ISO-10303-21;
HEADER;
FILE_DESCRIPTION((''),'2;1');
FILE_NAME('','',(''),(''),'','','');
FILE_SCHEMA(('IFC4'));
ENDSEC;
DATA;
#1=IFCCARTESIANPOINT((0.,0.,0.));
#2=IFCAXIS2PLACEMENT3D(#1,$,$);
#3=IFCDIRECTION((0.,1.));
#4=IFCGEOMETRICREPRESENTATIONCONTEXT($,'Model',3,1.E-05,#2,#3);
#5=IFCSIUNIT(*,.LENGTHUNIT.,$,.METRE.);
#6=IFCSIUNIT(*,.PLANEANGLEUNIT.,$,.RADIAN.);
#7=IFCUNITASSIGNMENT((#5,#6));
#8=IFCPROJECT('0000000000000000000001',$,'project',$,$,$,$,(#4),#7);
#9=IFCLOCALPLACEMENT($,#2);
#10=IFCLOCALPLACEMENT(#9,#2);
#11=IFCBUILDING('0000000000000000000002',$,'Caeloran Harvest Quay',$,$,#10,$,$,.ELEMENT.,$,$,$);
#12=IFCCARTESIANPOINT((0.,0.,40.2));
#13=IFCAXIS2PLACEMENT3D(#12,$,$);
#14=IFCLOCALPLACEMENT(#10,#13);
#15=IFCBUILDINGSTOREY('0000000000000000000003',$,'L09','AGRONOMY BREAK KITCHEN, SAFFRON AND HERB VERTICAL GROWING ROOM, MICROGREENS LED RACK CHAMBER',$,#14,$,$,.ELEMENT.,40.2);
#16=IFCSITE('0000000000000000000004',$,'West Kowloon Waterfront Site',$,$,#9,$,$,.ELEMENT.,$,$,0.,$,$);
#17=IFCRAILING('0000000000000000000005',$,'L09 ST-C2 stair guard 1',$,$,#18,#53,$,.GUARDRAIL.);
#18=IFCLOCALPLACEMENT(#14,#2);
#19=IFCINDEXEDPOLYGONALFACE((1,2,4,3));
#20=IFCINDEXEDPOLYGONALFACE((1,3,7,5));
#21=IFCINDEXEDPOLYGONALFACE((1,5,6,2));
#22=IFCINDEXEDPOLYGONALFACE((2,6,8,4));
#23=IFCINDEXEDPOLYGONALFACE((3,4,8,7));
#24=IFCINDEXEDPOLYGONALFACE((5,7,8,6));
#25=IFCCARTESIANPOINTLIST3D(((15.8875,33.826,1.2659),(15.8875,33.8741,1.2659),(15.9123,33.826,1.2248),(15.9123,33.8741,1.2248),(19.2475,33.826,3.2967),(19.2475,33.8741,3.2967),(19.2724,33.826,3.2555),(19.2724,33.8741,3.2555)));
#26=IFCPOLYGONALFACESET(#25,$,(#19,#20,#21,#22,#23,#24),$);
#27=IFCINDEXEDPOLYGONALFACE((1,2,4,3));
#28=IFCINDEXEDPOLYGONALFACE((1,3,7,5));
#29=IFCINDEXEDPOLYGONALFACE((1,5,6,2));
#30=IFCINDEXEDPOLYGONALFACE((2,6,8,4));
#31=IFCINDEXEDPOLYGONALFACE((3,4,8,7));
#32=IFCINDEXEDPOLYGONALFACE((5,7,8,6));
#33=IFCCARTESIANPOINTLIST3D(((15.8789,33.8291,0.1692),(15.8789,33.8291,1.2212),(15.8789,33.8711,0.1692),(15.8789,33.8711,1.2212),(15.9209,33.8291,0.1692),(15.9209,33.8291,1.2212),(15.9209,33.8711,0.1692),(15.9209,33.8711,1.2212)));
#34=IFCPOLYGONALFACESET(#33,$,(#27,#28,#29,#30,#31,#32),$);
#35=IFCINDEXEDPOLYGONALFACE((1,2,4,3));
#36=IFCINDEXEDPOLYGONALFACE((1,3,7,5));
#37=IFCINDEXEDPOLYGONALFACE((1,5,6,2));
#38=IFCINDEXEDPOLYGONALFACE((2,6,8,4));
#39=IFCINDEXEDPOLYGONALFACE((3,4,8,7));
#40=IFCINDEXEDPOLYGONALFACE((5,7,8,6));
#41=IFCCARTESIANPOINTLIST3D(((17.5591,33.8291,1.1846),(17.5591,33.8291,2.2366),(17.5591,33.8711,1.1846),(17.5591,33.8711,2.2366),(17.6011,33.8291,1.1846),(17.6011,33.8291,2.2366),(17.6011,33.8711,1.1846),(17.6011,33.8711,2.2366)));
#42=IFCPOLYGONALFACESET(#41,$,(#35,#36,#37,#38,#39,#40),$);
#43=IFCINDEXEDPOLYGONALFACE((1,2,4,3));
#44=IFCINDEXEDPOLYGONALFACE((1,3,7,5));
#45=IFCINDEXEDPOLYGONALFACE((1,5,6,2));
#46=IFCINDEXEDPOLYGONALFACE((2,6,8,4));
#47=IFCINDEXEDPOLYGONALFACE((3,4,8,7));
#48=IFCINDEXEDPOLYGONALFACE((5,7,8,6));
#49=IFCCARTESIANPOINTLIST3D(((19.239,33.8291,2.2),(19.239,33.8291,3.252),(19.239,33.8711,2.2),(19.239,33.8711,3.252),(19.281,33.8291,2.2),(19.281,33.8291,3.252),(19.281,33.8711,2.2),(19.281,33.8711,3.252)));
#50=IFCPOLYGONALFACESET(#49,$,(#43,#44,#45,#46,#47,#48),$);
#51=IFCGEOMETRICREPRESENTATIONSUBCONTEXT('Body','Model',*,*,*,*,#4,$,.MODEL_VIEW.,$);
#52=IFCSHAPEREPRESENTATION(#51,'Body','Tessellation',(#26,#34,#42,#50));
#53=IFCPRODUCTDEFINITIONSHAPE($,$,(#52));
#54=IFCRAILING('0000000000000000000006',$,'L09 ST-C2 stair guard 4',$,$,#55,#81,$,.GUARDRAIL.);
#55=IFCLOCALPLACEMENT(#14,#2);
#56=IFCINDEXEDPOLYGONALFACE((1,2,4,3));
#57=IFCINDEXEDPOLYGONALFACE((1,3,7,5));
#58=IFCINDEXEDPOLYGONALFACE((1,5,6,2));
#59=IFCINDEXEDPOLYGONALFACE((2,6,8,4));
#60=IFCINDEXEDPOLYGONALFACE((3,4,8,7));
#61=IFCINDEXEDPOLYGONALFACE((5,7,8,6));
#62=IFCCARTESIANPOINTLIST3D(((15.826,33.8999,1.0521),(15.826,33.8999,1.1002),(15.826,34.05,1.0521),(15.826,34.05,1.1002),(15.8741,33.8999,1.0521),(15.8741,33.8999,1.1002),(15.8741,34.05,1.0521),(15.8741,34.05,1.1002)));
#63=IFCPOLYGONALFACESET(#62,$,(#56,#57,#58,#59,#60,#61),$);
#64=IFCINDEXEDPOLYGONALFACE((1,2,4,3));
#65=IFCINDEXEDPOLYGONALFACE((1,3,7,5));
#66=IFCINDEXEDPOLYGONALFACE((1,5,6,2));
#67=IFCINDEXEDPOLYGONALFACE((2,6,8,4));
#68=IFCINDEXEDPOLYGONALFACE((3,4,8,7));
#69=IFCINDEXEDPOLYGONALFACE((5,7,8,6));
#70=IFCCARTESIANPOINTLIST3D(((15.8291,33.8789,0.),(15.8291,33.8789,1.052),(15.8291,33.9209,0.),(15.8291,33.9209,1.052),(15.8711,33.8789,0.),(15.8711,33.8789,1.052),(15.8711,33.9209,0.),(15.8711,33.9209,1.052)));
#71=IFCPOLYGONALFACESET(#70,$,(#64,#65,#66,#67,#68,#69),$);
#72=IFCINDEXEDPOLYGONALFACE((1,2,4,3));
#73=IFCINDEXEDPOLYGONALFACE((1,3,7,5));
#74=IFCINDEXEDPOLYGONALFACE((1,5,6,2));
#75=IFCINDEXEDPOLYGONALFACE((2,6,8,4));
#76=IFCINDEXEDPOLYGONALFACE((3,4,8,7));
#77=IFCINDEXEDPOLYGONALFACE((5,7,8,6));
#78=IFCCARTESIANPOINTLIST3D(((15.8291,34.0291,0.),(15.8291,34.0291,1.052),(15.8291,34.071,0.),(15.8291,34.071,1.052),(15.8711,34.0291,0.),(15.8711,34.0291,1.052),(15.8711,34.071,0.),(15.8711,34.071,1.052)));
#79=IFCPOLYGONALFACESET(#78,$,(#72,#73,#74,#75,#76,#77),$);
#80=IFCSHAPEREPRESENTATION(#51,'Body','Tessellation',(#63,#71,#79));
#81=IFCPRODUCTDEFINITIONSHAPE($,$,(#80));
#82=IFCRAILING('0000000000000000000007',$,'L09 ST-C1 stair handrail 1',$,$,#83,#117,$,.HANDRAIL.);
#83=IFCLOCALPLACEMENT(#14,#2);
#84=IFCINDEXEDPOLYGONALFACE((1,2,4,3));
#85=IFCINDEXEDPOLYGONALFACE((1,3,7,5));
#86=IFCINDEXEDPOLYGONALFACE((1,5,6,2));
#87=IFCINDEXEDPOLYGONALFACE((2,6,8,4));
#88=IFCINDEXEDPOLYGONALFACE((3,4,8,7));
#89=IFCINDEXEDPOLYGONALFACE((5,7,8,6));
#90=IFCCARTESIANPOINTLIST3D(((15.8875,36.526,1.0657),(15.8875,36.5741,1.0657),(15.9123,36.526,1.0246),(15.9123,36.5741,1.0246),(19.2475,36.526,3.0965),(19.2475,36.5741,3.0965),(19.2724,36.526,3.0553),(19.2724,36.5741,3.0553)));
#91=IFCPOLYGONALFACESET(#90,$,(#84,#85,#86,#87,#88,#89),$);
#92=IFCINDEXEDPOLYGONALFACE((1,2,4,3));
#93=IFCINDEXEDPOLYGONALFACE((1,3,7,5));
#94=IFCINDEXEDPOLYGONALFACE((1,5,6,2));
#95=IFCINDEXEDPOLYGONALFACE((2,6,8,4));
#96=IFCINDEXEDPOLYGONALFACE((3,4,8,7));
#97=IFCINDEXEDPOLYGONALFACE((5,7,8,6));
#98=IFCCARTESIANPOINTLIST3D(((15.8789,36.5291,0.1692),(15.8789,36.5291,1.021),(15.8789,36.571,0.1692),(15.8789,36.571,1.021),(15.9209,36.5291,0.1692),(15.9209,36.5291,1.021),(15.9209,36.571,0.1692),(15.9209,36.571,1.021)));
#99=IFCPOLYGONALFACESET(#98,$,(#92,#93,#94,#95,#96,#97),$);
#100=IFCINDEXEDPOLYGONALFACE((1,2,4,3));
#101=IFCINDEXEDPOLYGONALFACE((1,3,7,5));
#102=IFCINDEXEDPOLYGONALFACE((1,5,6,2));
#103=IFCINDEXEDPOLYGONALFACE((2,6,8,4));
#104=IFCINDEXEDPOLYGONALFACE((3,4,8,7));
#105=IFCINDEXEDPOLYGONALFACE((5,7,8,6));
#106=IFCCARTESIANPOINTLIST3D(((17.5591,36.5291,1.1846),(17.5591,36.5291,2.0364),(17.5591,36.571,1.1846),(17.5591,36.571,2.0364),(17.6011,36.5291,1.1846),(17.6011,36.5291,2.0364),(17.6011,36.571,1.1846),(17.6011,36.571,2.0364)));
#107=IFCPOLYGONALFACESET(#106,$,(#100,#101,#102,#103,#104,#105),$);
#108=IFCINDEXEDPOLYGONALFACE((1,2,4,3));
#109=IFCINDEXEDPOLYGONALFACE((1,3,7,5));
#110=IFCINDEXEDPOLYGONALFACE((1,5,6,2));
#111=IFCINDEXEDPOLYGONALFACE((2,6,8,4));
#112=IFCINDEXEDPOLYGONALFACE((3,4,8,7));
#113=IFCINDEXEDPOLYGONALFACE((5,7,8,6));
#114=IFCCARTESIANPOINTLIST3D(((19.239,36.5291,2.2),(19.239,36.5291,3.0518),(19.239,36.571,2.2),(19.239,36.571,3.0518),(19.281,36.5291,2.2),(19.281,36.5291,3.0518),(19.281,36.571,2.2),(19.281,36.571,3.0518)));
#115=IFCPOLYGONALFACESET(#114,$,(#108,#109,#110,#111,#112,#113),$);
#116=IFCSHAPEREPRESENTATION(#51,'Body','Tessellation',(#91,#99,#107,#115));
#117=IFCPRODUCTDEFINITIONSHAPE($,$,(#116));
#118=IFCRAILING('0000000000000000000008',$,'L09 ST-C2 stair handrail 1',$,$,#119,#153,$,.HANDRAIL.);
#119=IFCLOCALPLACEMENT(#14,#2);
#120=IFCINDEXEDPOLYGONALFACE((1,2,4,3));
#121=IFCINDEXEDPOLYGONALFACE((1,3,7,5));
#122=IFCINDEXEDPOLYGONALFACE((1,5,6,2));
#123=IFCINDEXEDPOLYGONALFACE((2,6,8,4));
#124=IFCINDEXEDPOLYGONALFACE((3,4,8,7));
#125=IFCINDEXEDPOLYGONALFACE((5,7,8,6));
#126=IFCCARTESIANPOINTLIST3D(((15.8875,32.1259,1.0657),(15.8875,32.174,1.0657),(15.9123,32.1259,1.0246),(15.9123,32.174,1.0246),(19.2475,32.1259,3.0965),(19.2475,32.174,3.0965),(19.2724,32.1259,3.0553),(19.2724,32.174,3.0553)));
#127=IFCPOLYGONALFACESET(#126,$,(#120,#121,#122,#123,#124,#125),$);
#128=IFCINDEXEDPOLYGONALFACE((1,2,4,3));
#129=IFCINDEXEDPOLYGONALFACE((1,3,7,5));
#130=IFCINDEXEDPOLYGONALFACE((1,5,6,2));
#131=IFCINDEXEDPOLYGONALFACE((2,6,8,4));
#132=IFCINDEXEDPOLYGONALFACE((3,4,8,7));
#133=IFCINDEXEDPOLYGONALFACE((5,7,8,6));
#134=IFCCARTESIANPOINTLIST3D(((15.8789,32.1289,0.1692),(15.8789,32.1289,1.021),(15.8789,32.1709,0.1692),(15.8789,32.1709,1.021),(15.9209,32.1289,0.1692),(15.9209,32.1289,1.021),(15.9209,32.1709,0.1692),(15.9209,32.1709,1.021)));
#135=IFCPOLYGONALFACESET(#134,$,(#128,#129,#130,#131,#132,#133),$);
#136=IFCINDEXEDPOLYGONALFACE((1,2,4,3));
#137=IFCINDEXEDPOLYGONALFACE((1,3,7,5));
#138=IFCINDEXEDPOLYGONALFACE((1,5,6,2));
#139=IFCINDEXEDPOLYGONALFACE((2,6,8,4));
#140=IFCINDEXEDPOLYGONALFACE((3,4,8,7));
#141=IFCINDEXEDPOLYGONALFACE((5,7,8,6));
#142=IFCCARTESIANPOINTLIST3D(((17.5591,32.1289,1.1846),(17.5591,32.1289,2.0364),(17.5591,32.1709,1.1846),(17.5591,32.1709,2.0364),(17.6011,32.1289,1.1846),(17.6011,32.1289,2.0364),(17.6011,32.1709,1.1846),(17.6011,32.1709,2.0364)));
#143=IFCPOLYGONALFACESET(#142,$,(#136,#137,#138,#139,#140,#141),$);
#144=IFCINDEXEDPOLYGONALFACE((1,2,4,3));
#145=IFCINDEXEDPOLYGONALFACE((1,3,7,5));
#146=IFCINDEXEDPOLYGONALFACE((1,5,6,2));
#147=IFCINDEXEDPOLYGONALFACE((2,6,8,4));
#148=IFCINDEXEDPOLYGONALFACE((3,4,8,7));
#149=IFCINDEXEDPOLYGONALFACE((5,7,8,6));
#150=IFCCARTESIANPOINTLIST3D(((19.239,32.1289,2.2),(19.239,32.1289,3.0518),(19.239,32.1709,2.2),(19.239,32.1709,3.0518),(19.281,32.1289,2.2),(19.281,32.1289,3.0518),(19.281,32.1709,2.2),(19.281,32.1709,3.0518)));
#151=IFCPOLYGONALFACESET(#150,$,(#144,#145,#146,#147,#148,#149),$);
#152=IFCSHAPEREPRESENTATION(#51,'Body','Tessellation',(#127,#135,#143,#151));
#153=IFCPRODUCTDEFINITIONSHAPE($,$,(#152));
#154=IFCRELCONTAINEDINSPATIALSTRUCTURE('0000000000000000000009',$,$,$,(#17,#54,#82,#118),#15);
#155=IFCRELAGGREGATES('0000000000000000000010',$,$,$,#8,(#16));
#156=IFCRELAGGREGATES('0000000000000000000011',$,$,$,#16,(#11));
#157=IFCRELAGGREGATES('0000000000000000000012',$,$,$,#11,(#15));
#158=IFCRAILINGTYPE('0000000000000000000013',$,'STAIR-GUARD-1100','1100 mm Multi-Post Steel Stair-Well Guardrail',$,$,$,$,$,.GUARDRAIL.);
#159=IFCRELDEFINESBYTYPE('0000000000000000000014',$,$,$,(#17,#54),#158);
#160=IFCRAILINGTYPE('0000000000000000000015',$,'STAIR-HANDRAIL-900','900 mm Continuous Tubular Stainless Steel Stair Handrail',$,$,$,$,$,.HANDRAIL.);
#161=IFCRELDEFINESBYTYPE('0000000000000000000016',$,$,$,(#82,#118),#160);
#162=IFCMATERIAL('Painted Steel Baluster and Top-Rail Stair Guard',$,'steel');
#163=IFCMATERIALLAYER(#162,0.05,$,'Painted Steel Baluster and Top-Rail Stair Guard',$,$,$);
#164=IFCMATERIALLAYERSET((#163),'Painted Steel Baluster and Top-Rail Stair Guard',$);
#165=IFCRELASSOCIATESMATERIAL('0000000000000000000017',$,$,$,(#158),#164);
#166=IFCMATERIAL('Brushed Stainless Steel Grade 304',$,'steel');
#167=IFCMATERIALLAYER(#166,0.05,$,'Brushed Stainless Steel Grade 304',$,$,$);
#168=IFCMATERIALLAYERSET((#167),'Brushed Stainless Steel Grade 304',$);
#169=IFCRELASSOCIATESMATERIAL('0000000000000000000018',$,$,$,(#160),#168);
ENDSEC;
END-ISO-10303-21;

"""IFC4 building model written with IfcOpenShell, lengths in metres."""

from ifc_helpers import new_model, si_unit, direction, frame, origin, origin_2d, place, context, subcontext, project, spatial, rectangle, extrude, material, layer, layer_set, type_object, element, save


model = new_model("IFC4")

# Units and contexts
model_context = context("Model", 3, precision=1e-05, world=origin(), true_north=direction((0.0, 1.0)))
body_context = subcontext(model_context, "Body", "Model", "MODEL_VIEW")
ifc_project = project(units=[si_unit("LENGTHUNIT", "METRE"), si_unit("PLANEANGLEUNIT", "RADIAN")], contexts=[model_context])

# Site, building, storey
site_placement = place(None, origin())
site = spatial("IfcSite", under=ifc_project, at=site_placement, Name="West Kowloon Waterfront Site", CompositionType="ELEMENT", RefElevation=0.0)
building_placement = place(site_placement, origin())
building = spatial("IfcBuilding", under=site, at=building_placement, Name="Caeloran Harvest Quay", CompositionType="ELEMENT")
storey_placement = place(building_placement, frame((0.0, 0.0, 40.2)))
storey = spatial("IfcBuildingStorey", under=building, at=storey_placement, Name="L09", Description="AGRONOMY BREAK KITCHEN, SAFFRON AND HERB VERTICAL GROWING ROOM, MICROGREENS LED RACK CHAMBER", CompositionType="ELEMENT", Elevation=40.2)

# Railings
ifc_material_1 = material(Name="Painted Steel Baluster and Top-Rail Stair Guard", Category="steel")
ifc_layer_1 = layer(ifc_material_1, 0.05, Name="Painted Steel Baluster and Top-Rail Stair Guard")
ifc_layer_set_1 = layer_set([ifc_layer_1], Name="Painted Steel Baluster and Top-Rail Stair Guard")
railing_type_1 = type_object("IfcRailingType", Name="STAIR-GUARD-1100", Description="1100 mm Multi-Post Steel Stair-Well Guardrail", PredefinedType="GUARDRAIL", material=ifc_layer_set_1)
railing_1_placement = place(storey_placement, frame((15.8999, 33.8501, 0.1692)))
element("IfcRailing", 1, at=railing_1_placement, inside=storey, type_object=railing_type_1, Name="L09 ST-C2 stair guard 1", PredefinedType="GUARDRAIL", context=body_context, shape_type="SweptSolid", body=[
    extrude(rectangle(XDim=0.0481, YDim=0.0481, at=origin_2d()), frame((0.0, 0.0, 1.0762), z_axis=(0.855837, 0.0, 0.517246), x_axis=(0.0, 1.0, 0.0)), (0.0, 0.0, 1.0), 3.926),
    extrude(rectangle(XDim=0.042, YDim=0.042, at=origin_2d()), origin(), (0.0, 0.0, 1.0), 1.052),
    extrude(rectangle(XDim=0.042, YDim=0.042, at=origin_2d()), frame((1.6802, 0.0, 1.0154)), (0.0, 0.0, 1.0), 1.052),
    extrude(rectangle(XDim=0.042, YDim=0.042, at=origin_2d()), frame((3.3601, 0.0, 2.0308)), (0.0, 0.0, 1.0), 1.052),
])
railing_2_placement = place(storey_placement, frame((15.8501, 33.8999, 0.0)))
element("IfcRailing", 2, at=railing_2_placement, inside=storey, type_object=railing_type_1, Name="L09 ST-C2 stair guard 4", PredefinedType="GUARDRAIL", context=body_context, shape_type="SweptSolid", body=[
    extrude(rectangle(XDim=0.0481, YDim=0.0481, at=origin_2d()), frame((0.0, 0.0, 1.0762), z_axis=(0.0, 1.0, 0.0), x_axis=(-1.0, 0.0, 0.0)), (0.0, 0.0, 1.0), 0.1501),
    extrude(rectangle(XDim=0.042, YDim=0.042, at=origin_2d()), origin(), (0.0, 0.0, 1.0), 1.052),
    extrude(rectangle(XDim=0.042, YDim=0.042, at=origin_2d()), frame((0.0, 0.1501, 0.0)), (0.0, 0.0, 1.0), 1.052),
])
ifc_material_2 = material(Name="Brushed Stainless Steel Grade 304", Category="steel")
ifc_layer_2 = layer(ifc_material_2, 0.05, Name="Brushed Stainless Steel Grade 304")
ifc_layer_set_2 = layer_set([ifc_layer_2], Name="Brushed Stainless Steel Grade 304")
railing_type_2 = type_object("IfcRailingType", Name="STAIR-HANDRAIL-900", Description="900 mm Continuous Tubular Stainless Steel Stair Handrail", PredefinedType="HANDRAIL", material=ifc_layer_set_2)
for number, where, name in (
    (3, (15.8999, 36.55, 0.1692), "L09 ST-C1 stair handrail 1"),
    (4, (15.8999, 32.1499, 0.1692), "L09 ST-C2 stair handrail 1"),
):
    element("IfcRailing", number, at=place(storey_placement, frame(where)), inside=storey, type_object=railing_type_2, Name=name, PredefinedType="HANDRAIL", context=body_context, shape_type="SweptSolid", body=[
        extrude(rectangle(XDim=0.0481, YDim=0.0481, at=origin_2d()), frame((0.0, 0.0, 0.876), z_axis=(0.855837, 0.0, 0.517246), x_axis=(0.0, 1.0, 0.0)), (0.0, 0.0, 1.0), 3.926),
        extrude(rectangle(XDim=0.042, YDim=0.042, at=origin_2d()), origin(), (0.0, 0.0, 1.0), 0.8518),
        extrude(rectangle(XDim=0.042, YDim=0.042, at=origin_2d()), frame((1.6802, 0.0, 1.0154)), (0.0, 0.0, 1.0), 0.8518),
        extrude(rectangle(XDim=0.042, YDim=0.042, at=origin_2d()), frame((3.3601, 0.0, 2.0308)), (0.0, 0.0, 1.0), 0.8518),
    ])

save(model, "model.ifc")
